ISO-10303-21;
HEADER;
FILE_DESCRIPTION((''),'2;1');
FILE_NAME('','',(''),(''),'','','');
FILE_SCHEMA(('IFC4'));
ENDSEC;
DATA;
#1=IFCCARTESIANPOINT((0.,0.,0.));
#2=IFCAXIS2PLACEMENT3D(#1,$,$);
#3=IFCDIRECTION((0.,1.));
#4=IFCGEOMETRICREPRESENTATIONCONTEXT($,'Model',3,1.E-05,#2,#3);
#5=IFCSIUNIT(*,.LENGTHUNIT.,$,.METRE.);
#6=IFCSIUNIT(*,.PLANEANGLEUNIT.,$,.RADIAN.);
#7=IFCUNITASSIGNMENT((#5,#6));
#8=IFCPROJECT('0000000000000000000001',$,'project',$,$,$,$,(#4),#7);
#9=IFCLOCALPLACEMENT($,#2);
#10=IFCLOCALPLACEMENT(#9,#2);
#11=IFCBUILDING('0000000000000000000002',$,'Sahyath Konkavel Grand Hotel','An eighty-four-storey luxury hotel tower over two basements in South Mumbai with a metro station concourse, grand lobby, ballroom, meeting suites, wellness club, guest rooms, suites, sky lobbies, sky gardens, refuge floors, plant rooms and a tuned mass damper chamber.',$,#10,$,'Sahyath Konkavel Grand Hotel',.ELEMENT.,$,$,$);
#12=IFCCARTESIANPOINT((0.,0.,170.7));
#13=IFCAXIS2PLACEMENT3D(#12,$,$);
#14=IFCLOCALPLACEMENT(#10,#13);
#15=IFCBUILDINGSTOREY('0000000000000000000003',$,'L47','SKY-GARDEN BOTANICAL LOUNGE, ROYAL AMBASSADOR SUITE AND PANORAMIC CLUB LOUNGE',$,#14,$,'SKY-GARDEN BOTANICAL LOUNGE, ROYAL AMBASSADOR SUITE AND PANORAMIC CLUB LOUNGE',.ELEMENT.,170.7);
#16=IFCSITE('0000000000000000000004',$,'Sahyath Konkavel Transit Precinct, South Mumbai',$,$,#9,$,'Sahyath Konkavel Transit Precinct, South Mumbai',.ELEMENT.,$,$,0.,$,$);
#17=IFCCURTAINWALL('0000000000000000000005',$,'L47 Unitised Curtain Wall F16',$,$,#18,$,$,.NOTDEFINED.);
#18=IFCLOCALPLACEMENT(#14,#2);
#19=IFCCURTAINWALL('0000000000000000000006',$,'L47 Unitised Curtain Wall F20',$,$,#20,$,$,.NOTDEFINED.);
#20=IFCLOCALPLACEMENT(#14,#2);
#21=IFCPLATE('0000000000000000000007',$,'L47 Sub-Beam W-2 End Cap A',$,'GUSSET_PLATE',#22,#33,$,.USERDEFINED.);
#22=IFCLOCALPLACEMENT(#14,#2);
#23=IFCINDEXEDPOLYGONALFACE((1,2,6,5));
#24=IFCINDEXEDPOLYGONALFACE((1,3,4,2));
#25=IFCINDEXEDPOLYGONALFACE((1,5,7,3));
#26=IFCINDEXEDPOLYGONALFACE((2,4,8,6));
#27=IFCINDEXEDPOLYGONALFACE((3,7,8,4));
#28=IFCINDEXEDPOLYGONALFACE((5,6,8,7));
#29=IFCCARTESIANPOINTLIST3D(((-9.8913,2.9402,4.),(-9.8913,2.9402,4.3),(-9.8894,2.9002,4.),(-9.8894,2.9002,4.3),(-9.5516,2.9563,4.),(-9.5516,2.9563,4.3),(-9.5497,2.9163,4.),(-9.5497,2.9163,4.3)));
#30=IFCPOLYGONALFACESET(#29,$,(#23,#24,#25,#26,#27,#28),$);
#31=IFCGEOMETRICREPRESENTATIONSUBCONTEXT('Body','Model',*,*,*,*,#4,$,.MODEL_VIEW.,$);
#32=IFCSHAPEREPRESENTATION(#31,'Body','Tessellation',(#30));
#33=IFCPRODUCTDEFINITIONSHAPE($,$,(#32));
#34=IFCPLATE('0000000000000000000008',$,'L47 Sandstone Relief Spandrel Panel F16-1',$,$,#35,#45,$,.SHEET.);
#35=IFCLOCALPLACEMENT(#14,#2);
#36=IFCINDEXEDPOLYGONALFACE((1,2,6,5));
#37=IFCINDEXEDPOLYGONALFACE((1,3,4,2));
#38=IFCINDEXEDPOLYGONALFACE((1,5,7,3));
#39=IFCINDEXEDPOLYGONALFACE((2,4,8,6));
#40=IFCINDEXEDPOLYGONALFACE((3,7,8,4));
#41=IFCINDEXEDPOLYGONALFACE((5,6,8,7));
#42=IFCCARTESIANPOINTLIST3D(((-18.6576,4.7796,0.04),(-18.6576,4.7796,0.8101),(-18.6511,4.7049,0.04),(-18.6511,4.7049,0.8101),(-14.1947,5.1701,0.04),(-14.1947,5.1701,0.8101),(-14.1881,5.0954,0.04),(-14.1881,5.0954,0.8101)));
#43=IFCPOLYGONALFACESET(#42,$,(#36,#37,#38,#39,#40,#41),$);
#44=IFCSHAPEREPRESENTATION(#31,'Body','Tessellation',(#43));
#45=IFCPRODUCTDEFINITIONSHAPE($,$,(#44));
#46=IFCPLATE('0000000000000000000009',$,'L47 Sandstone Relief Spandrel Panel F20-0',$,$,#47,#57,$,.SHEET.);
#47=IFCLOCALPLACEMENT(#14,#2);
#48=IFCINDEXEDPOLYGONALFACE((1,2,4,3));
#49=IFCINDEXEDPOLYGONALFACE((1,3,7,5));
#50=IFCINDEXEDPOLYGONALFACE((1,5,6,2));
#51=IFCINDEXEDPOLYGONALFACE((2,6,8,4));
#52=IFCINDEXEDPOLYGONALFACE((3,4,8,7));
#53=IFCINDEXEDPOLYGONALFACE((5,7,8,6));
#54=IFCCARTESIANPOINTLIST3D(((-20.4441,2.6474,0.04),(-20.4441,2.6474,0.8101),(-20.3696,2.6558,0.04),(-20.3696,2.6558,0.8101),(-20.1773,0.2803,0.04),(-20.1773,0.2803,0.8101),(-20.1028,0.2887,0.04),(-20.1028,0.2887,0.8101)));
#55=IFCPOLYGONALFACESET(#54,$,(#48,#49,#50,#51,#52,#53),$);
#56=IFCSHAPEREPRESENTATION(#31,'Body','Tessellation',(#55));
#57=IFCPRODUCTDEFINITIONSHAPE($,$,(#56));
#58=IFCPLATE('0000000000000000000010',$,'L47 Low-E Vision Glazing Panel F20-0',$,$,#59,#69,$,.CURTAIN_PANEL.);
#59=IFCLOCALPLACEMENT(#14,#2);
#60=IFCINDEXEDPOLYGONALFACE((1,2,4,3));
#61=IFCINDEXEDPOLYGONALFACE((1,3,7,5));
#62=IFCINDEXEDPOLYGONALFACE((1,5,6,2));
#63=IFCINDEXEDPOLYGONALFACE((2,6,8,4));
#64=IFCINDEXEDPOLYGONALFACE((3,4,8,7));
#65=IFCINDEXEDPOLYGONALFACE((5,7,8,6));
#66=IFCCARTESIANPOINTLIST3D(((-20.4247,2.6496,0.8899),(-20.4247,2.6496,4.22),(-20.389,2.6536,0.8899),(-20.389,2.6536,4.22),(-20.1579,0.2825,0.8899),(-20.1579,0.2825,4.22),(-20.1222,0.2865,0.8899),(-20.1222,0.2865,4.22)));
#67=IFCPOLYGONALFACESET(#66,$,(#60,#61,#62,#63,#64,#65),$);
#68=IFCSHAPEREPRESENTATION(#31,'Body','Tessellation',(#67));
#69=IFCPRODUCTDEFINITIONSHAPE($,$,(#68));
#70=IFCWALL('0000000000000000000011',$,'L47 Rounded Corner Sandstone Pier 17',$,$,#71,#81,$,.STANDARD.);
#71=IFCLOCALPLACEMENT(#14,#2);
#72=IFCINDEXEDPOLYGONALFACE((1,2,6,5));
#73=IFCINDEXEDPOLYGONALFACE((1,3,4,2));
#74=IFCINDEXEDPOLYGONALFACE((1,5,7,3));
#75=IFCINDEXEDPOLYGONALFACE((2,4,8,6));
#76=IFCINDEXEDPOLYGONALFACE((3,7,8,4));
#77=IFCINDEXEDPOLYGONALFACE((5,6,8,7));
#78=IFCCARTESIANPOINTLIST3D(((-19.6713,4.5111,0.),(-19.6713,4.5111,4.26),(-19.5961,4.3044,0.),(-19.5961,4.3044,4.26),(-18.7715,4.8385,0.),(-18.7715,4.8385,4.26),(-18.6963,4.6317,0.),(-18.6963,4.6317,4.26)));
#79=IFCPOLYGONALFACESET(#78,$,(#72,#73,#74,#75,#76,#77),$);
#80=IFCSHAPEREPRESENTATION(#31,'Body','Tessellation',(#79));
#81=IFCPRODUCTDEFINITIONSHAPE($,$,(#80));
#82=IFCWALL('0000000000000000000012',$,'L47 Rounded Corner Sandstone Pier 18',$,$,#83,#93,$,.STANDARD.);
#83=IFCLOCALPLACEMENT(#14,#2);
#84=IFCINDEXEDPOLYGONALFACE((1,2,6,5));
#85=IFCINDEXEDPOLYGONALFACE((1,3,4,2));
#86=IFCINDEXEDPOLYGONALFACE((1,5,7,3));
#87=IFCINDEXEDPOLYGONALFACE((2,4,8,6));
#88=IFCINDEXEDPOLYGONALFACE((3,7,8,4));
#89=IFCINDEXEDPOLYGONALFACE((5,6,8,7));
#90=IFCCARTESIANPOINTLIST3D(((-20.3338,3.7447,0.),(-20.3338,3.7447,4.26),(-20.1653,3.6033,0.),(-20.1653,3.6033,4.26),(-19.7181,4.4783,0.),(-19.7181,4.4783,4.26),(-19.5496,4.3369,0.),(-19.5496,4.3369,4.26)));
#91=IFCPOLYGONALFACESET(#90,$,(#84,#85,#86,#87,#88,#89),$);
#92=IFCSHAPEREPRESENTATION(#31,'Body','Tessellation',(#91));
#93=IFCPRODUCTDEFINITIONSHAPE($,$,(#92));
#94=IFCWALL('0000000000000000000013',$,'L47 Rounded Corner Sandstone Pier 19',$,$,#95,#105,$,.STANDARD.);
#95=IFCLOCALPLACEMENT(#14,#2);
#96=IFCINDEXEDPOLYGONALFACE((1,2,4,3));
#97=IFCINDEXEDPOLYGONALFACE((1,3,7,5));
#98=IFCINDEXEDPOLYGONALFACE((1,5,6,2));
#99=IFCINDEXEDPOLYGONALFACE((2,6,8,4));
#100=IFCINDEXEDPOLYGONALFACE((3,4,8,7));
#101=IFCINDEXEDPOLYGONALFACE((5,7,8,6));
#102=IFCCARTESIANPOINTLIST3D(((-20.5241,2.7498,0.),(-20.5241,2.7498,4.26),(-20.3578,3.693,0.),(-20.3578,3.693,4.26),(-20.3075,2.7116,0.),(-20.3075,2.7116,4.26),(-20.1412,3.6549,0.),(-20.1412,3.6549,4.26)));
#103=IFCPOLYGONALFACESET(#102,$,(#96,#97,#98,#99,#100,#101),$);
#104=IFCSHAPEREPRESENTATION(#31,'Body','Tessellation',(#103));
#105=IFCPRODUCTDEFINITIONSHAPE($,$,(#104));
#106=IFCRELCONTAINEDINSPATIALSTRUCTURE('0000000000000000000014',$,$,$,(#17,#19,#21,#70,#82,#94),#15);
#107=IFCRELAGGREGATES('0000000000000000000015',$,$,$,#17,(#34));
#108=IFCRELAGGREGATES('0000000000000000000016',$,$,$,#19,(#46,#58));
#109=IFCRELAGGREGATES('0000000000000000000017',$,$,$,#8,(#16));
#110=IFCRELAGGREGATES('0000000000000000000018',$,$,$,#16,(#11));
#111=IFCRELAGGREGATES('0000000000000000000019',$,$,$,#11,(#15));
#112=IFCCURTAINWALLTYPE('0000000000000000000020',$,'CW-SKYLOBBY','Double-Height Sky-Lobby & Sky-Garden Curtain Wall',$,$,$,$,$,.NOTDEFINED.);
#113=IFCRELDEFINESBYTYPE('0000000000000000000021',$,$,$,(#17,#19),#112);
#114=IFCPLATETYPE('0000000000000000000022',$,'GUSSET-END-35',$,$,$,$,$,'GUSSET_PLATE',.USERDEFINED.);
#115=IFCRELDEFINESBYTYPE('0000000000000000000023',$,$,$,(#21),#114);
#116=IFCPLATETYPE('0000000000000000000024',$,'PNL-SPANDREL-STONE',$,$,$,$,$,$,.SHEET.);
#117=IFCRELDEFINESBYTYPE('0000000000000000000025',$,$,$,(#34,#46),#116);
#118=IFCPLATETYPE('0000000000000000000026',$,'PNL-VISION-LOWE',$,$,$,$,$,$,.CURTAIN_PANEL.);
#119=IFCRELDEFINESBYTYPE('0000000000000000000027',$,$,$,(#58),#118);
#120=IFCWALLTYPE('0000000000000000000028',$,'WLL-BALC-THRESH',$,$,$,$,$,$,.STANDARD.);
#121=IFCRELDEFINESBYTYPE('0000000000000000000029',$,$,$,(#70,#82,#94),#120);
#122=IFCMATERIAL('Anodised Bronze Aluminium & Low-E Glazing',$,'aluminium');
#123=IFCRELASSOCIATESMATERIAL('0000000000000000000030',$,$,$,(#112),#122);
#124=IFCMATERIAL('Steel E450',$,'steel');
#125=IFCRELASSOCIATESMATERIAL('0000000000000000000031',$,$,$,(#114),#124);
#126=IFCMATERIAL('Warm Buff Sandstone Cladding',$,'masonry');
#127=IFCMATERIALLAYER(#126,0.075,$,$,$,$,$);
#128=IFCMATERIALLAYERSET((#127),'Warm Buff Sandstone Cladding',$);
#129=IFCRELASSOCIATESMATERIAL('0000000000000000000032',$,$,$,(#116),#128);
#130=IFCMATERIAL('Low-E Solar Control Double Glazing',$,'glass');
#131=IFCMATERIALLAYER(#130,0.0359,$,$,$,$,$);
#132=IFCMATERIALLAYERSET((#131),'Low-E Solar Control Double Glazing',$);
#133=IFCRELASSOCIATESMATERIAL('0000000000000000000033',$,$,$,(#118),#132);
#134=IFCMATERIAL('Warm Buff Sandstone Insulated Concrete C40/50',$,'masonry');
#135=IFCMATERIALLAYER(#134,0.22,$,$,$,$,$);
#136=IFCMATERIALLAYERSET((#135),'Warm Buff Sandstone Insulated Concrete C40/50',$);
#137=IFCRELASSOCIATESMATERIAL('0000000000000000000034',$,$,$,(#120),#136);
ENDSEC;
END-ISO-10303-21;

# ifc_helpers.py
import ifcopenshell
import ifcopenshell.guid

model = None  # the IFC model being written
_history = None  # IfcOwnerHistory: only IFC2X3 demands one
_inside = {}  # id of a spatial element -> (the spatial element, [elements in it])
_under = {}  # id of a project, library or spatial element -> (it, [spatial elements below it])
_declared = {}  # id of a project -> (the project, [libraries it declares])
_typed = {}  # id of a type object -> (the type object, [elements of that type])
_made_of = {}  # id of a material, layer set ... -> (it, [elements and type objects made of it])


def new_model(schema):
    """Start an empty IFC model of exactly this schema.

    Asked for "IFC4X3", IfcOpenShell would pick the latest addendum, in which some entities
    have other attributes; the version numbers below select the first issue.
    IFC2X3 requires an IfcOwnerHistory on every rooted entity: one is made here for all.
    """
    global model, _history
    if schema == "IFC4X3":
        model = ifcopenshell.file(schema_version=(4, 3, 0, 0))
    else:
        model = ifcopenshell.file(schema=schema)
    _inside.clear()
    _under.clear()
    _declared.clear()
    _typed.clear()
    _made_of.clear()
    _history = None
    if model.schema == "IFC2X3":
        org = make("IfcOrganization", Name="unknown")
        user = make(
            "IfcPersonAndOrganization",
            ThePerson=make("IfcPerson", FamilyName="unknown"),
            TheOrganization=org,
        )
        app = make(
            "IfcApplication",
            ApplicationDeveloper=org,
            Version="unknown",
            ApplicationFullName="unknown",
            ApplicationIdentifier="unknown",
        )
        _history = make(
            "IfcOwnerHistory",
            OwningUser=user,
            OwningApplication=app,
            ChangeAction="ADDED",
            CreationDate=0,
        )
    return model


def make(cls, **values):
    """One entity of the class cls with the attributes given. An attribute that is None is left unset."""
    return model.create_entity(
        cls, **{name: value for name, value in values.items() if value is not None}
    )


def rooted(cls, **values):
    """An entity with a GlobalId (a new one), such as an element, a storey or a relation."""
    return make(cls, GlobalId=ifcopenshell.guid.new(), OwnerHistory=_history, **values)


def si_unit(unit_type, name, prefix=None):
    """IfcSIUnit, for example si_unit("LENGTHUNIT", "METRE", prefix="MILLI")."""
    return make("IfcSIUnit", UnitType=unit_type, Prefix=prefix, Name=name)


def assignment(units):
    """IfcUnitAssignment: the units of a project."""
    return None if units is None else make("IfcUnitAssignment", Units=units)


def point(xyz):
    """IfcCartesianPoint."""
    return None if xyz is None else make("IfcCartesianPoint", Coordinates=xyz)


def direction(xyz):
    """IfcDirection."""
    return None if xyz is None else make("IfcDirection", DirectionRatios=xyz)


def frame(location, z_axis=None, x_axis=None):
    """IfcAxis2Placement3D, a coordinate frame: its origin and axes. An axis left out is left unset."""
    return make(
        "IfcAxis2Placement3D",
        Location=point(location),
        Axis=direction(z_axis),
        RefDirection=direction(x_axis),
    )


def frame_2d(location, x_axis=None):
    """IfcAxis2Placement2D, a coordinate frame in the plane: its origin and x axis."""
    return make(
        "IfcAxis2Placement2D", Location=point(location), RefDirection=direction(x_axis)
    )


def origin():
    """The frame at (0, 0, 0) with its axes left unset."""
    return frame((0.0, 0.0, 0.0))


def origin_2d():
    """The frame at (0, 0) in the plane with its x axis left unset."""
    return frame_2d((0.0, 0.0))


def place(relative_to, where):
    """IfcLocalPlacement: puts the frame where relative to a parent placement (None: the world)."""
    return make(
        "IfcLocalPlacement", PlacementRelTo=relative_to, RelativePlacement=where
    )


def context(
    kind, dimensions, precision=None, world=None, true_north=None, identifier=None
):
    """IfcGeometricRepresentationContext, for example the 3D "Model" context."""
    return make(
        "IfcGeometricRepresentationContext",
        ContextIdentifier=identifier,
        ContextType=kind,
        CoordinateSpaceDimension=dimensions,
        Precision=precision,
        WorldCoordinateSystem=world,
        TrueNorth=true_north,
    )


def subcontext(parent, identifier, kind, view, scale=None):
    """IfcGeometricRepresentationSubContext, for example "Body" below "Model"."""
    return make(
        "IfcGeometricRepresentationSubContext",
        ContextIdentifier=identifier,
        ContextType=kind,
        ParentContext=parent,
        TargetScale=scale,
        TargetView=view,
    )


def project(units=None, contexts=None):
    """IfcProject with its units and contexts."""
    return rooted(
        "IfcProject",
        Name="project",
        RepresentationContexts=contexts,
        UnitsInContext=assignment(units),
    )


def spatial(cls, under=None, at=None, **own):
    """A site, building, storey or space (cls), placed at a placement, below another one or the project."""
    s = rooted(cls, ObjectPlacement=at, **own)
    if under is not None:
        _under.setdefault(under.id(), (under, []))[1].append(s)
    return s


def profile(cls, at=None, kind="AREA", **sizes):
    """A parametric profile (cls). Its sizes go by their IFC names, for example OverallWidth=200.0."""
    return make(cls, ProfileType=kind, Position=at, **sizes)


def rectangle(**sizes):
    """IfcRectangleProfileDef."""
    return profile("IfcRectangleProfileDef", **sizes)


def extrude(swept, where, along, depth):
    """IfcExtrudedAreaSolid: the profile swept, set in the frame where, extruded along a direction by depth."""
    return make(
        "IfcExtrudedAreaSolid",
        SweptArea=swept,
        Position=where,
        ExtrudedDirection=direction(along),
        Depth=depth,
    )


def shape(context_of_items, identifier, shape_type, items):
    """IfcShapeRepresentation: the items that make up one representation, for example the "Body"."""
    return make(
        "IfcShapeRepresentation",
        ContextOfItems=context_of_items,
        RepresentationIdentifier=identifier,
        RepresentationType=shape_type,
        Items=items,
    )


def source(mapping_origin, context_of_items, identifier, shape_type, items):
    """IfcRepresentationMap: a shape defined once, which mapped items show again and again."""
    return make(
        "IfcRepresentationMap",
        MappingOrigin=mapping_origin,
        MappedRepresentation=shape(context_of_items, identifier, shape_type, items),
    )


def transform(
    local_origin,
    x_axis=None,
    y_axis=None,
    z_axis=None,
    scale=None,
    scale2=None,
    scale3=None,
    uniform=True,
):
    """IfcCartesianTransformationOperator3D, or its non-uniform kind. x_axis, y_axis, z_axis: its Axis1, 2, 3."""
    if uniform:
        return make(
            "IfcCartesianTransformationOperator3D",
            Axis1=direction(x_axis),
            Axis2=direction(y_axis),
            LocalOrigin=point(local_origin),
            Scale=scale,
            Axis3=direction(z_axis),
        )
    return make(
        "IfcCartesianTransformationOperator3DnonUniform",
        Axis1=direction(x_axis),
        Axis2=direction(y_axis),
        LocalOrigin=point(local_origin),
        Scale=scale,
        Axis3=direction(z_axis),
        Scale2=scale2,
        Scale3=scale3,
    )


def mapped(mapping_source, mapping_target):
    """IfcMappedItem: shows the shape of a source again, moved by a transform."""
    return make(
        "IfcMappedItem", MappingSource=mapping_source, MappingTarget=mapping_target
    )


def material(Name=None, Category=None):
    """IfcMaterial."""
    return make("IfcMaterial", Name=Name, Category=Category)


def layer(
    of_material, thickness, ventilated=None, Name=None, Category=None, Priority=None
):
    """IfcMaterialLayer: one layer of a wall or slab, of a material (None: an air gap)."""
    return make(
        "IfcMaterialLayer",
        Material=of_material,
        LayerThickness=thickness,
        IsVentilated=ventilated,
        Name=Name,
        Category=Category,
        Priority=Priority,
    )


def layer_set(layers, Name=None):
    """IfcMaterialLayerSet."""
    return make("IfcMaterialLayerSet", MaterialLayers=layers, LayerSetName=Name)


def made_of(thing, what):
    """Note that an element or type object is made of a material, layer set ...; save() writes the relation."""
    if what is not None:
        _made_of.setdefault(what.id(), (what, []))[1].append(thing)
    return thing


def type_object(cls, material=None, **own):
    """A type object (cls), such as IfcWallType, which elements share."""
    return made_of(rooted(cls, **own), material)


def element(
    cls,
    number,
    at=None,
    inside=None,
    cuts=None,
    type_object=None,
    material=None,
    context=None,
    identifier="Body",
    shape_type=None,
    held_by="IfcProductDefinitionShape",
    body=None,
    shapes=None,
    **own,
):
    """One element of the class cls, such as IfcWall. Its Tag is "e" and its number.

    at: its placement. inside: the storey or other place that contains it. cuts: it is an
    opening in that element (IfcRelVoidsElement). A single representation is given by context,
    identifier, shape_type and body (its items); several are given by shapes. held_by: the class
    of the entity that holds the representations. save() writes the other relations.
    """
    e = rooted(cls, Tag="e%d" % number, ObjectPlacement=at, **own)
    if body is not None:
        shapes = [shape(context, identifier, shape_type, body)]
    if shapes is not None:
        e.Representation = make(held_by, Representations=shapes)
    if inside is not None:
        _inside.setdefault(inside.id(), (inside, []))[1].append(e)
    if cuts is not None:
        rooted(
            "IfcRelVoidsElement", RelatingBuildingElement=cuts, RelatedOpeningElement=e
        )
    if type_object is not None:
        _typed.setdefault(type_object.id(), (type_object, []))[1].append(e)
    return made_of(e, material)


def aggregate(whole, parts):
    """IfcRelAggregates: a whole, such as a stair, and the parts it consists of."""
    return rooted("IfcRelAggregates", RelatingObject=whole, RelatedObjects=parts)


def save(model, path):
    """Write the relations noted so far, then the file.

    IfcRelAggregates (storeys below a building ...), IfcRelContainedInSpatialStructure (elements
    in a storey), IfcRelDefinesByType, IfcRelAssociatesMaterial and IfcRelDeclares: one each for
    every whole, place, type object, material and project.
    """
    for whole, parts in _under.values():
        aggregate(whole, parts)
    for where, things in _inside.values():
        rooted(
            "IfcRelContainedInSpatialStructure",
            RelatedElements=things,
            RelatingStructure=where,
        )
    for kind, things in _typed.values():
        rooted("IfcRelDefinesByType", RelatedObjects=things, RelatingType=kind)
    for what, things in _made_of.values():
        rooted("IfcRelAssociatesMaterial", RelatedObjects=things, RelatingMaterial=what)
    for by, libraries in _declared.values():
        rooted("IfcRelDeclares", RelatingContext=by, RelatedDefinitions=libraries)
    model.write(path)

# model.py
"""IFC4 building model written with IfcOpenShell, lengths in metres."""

from ifc_helpers import new_model, si_unit, direction, frame, frame_2d, origin, origin_2d, place, context, subcontext, project, spatial, rectangle, extrude, source, transform, mapped, material, layer, layer_set, type_object, element, aggregate, save


model = new_model("IFC4")

# Units and contexts
model_context = context("Model", 3, precision=1e-05, world=origin(), true_north=direction((0.0, 1.0)))
body_context = subcontext(model_context, "Body", "Model", "MODEL_VIEW")
ifc_project = project(units=[si_unit("LENGTHUNIT", "METRE"), si_unit("PLANEANGLEUNIT", "RADIAN")], contexts=[model_context])

# Site, building, storey
site_placement = place(None, origin())
site = spatial("IfcSite", under=ifc_project, at=site_placement, Name="Sahyath Konkavel Transit Precinct, South Mumbai", LongName="Sahyath Konkavel Transit Precinct, South Mumbai", CompositionType="ELEMENT", RefElevation=0.0)
building_placement = place(site_placement, origin())
building = spatial("IfcBuilding", under=site, at=building_placement, Name="Sahyath Konkavel Grand Hotel", Description="An eighty-four-storey luxury hotel tower over two basements in South Mumbai with a metro station concourse, grand lobby, ballroom, meeting suites, wellness club, guest rooms, suites, sky lobbies, sky gardens, refuge floors, plant rooms and a tuned mass damper chamber.", LongName="Sahyath Konkavel Grand Hotel", CompositionType="ELEMENT")
storey_placement = place(building_placement, frame((0.0, 0.0, 170.7)))
storey = spatial("IfcBuildingStorey", under=building, at=storey_placement, Name="L47", Description="SKY-GARDEN BOTANICAL LOUNGE, ROYAL AMBASSADOR SUITE AND PANORAMIC CLUB LOUNGE", LongName="SKY-GARDEN BOTANICAL LOUNGE, ROYAL AMBASSADOR SUITE AND PANORAMIC CLUB LOUNGE", CompositionType="ELEMENT", Elevation=170.7)

# Curtain wall
ifc_material_1 = material(Name="Anodised Bronze Aluminium & Low-E Glazing", Category="aluminium")
curtain_wall_type = type_object("IfcCurtainWallType", Name="CW-SKYLOBBY", Description="Double-Height Sky-Lobby & Sky-Garden Curtain Wall", PredefinedType="NOTDEFINED", material=ifc_material_1)
curtain_wall_1_placement = place(storey_placement, origin())
curtain_wall_1 = element("IfcCurtainWall", 1, at=curtain_wall_1_placement, inside=storey, type_object=curtain_wall_type, Name="L47 Unitised Curtain Wall F16", PredefinedType="NOTDEFINED")

# Curtain wall
curtain_wall_2_placement = place(storey_placement, origin())
curtain_wall_2 = element("IfcCurtainWall", 2, at=curtain_wall_2_placement, inside=storey, type_object=curtain_wall_type, Name="L47 Unitised Curtain Wall F20", PredefinedType="NOTDEFINED")

# Plates
ifc_material_2 = material(Name="Steel E450", Category="steel")
plate_type_1 = type_object("IfcPlateType", Name="GUSSET-END-35", ElementType="GUSSET_PLATE", PredefinedType="USERDEFINED", material=ifc_material_2)
shared_shape_1 = source(origin(), body_context, "Body", "SweptSolid", [
    extrude(rectangle(XDim=0.04, YDim=0.3401, at=origin_2d()), origin(), (0.0, 0.0, 1.0), 0.3),
])
plate_1_placement = place(storey_placement, frame((-9.7205, 2.9282, 4.0), z_axis=(0.0, 0.0, 1.0), x_axis=(0.047228, -0.998884, 0.0)))
element("IfcPlate", 3, at=plate_1_placement, inside=storey, type_object=plate_type_1, Name="L47 Sub-Beam W-2 End Cap A", ObjectType="GUSSET_PLATE", PredefinedType="USERDEFINED", context=body_context, shape_type="MappedRepresentation", body=[
    mapped(shared_shape_1, transform((0.0, 0.0, 0.0), scale=1.0)),
])
ifc_material_3 = material(Name="Warm Buff Sandstone Cladding", Category="masonry")
ifc_layer_1 = layer(ifc_material_3, 0.075)
ifc_layer_set_1 = layer_set([ifc_layer_1], Name="Warm Buff Sandstone Cladding")
plate_type_2 = type_object("IfcPlateType", Name="PNL-SPANDREL-STONE", PredefinedType="SHEET", material=ifc_layer_set_1)
shared_shape_2 = source(origin(), body_context, "Body", "SweptSolid", [
    extrude(rectangle(XDim=4.48, YDim=0.075, at=origin_2d()), origin(), (0.0, 0.0, 1.0), 0.77),
])
plate_2_placement = place(storey_placement, frame((-16.4229, 4.9375, 0.04), z_axis=(0.0, 0.0, 1.0), x_axis=(-0.996195, -0.087156, 0.0)))
plate_2 = element("IfcPlate", 4, at=plate_2_placement, type_object=plate_type_2, Name="L47 Sandstone Relief Spandrel Panel F16-1", PredefinedType="SHEET", context=body_context, shape_type="MappedRepresentation", body=[
    mapped(shared_shape_2, transform((0.0, 0.0, 0.0), scale=1.0)),
])
aggregate(curtain_wall_1, [plate_2])
shared_shape_3 = source(origin(), body_context, "Body", "SweptSolid", [
    extrude(rectangle(XDim=2.3821, YDim=0.075, at=origin_2d()), origin(), (0.0, 0.0, 1.0), 0.77),
])
plate_3_placement = place(storey_placement, frame((-20.2734, 1.468, 0.04), z_axis=(0.0, 0.0, 1.0), x_axis=(0.111989, -0.993709, 0.0)))
plate_3 = element("IfcPlate", 5, at=plate_3_placement, type_object=plate_type_2, Name="L47 Sandstone Relief Spandrel Panel F20-0", PredefinedType="SHEET", context=body_context, shape_type="MappedRepresentation", body=[
    mapped(shared_shape_3, transform((0.0, 0.0, 0.0), scale=1.0)),
])
ifc_material_4 = material(Name="Low-E Solar Control Double Glazing", Category="glass")
ifc_layer_2 = layer(ifc_material_4, 0.0359)
ifc_layer_set_2 = layer_set([ifc_layer_2], Name="Low-E Solar Control Double Glazing")
plate_type_3 = type_object("IfcPlateType", Name="PNL-VISION-LOWE", PredefinedType="CURTAIN_PANEL", material=ifc_layer_set_2)
shared_shape_4 = source(origin(), body_context, "Body", "SweptSolid", [
    extrude(rectangle(XDim=2.3821, YDim=0.0359, at=origin_2d()), origin(), (0.0, 0.0, 1.0), 3.3301),
])
plate_4_placement = place(storey_placement, frame((-20.2734, 1.468, 0.8899), z_axis=(0.0, 0.0, 1.0), x_axis=(0.111989, -0.993709, 0.0)))
plate_4 = element("IfcPlate", 6, at=plate_4_placement, type_object=plate_type_3, Name="L47 Low-E Vision Glazing Panel F20-0", PredefinedType="CURTAIN_PANEL", context=body_context, shape_type="MappedRepresentation", body=[
    mapped(shared_shape_4, transform((0.0, 0.0, 0.0), scale=1.0)),
])
aggregate(curtain_wall_2, [plate_3, plate_4])

# Walls
ifc_material_5 = material(Name="Warm Buff Sandstone Insulated Concrete C40/50", Category="masonry")
ifc_layer_3 = layer(ifc_material_5, 0.22)
ifc_layer_set_3 = layer_set([ifc_layer_3], Name="Warm Buff Sandstone Insulated Concrete C40/50")
wall_type = type_object("IfcWallType", Name="WLL-BALC-THRESH", PredefinedType="STANDARD", material=ifc_layer_set_3)
wall_placement = place(storey_placement, frame((-18.7339, 4.7351, 0.0), z_axis=(0.0, 0.0, 1.0), x_axis=(-0.939741, -0.341886, 0.0)))
element("IfcWall", 7, at=wall_placement, inside=storey, type_object=wall_type, Name="L47 Rounded Corner Sandstone Pier 17", PredefinedType="STANDARD", context=body_context, shape_type="SweptSolid", body=[
    extrude(rectangle(XDim=0.9575, YDim=0.22, at=frame_2d((0.4788, 0.0))), origin(), (0.0, 0.0, 1.0), 4.26),
])
for number, where, z_axis, x_axis, name in (
    (8, (-19.6338, 4.4077, 0.0), (0.0, 0.0, 1.0), (-0.642863, -0.765981, 0.0), "L47 Rounded Corner Sandstone Pier 18"),
    (9, (-20.2495, 3.6741, 0.0), (0.0, 0.0, 1.0), (-0.173611, -0.984814, 0.0), "L47 Rounded Corner Sandstone Pier 19"),
):
    element("IfcWall", number, at=place(storey_placement, frame(where, z_axis=z_axis, x_axis=x_axis)), inside=storey, type_object=wall_type, Name=name, PredefinedType="STANDARD", context=body_context, shape_type="SweptSolid", body=[
        extrude(rectangle(XDim=0.9578, YDim=0.22, at=frame_2d((0.479, 0.0))), origin(), (0.0, 0.0, 1.0), 4.26),
    ])

save(model, "model.ifc")
